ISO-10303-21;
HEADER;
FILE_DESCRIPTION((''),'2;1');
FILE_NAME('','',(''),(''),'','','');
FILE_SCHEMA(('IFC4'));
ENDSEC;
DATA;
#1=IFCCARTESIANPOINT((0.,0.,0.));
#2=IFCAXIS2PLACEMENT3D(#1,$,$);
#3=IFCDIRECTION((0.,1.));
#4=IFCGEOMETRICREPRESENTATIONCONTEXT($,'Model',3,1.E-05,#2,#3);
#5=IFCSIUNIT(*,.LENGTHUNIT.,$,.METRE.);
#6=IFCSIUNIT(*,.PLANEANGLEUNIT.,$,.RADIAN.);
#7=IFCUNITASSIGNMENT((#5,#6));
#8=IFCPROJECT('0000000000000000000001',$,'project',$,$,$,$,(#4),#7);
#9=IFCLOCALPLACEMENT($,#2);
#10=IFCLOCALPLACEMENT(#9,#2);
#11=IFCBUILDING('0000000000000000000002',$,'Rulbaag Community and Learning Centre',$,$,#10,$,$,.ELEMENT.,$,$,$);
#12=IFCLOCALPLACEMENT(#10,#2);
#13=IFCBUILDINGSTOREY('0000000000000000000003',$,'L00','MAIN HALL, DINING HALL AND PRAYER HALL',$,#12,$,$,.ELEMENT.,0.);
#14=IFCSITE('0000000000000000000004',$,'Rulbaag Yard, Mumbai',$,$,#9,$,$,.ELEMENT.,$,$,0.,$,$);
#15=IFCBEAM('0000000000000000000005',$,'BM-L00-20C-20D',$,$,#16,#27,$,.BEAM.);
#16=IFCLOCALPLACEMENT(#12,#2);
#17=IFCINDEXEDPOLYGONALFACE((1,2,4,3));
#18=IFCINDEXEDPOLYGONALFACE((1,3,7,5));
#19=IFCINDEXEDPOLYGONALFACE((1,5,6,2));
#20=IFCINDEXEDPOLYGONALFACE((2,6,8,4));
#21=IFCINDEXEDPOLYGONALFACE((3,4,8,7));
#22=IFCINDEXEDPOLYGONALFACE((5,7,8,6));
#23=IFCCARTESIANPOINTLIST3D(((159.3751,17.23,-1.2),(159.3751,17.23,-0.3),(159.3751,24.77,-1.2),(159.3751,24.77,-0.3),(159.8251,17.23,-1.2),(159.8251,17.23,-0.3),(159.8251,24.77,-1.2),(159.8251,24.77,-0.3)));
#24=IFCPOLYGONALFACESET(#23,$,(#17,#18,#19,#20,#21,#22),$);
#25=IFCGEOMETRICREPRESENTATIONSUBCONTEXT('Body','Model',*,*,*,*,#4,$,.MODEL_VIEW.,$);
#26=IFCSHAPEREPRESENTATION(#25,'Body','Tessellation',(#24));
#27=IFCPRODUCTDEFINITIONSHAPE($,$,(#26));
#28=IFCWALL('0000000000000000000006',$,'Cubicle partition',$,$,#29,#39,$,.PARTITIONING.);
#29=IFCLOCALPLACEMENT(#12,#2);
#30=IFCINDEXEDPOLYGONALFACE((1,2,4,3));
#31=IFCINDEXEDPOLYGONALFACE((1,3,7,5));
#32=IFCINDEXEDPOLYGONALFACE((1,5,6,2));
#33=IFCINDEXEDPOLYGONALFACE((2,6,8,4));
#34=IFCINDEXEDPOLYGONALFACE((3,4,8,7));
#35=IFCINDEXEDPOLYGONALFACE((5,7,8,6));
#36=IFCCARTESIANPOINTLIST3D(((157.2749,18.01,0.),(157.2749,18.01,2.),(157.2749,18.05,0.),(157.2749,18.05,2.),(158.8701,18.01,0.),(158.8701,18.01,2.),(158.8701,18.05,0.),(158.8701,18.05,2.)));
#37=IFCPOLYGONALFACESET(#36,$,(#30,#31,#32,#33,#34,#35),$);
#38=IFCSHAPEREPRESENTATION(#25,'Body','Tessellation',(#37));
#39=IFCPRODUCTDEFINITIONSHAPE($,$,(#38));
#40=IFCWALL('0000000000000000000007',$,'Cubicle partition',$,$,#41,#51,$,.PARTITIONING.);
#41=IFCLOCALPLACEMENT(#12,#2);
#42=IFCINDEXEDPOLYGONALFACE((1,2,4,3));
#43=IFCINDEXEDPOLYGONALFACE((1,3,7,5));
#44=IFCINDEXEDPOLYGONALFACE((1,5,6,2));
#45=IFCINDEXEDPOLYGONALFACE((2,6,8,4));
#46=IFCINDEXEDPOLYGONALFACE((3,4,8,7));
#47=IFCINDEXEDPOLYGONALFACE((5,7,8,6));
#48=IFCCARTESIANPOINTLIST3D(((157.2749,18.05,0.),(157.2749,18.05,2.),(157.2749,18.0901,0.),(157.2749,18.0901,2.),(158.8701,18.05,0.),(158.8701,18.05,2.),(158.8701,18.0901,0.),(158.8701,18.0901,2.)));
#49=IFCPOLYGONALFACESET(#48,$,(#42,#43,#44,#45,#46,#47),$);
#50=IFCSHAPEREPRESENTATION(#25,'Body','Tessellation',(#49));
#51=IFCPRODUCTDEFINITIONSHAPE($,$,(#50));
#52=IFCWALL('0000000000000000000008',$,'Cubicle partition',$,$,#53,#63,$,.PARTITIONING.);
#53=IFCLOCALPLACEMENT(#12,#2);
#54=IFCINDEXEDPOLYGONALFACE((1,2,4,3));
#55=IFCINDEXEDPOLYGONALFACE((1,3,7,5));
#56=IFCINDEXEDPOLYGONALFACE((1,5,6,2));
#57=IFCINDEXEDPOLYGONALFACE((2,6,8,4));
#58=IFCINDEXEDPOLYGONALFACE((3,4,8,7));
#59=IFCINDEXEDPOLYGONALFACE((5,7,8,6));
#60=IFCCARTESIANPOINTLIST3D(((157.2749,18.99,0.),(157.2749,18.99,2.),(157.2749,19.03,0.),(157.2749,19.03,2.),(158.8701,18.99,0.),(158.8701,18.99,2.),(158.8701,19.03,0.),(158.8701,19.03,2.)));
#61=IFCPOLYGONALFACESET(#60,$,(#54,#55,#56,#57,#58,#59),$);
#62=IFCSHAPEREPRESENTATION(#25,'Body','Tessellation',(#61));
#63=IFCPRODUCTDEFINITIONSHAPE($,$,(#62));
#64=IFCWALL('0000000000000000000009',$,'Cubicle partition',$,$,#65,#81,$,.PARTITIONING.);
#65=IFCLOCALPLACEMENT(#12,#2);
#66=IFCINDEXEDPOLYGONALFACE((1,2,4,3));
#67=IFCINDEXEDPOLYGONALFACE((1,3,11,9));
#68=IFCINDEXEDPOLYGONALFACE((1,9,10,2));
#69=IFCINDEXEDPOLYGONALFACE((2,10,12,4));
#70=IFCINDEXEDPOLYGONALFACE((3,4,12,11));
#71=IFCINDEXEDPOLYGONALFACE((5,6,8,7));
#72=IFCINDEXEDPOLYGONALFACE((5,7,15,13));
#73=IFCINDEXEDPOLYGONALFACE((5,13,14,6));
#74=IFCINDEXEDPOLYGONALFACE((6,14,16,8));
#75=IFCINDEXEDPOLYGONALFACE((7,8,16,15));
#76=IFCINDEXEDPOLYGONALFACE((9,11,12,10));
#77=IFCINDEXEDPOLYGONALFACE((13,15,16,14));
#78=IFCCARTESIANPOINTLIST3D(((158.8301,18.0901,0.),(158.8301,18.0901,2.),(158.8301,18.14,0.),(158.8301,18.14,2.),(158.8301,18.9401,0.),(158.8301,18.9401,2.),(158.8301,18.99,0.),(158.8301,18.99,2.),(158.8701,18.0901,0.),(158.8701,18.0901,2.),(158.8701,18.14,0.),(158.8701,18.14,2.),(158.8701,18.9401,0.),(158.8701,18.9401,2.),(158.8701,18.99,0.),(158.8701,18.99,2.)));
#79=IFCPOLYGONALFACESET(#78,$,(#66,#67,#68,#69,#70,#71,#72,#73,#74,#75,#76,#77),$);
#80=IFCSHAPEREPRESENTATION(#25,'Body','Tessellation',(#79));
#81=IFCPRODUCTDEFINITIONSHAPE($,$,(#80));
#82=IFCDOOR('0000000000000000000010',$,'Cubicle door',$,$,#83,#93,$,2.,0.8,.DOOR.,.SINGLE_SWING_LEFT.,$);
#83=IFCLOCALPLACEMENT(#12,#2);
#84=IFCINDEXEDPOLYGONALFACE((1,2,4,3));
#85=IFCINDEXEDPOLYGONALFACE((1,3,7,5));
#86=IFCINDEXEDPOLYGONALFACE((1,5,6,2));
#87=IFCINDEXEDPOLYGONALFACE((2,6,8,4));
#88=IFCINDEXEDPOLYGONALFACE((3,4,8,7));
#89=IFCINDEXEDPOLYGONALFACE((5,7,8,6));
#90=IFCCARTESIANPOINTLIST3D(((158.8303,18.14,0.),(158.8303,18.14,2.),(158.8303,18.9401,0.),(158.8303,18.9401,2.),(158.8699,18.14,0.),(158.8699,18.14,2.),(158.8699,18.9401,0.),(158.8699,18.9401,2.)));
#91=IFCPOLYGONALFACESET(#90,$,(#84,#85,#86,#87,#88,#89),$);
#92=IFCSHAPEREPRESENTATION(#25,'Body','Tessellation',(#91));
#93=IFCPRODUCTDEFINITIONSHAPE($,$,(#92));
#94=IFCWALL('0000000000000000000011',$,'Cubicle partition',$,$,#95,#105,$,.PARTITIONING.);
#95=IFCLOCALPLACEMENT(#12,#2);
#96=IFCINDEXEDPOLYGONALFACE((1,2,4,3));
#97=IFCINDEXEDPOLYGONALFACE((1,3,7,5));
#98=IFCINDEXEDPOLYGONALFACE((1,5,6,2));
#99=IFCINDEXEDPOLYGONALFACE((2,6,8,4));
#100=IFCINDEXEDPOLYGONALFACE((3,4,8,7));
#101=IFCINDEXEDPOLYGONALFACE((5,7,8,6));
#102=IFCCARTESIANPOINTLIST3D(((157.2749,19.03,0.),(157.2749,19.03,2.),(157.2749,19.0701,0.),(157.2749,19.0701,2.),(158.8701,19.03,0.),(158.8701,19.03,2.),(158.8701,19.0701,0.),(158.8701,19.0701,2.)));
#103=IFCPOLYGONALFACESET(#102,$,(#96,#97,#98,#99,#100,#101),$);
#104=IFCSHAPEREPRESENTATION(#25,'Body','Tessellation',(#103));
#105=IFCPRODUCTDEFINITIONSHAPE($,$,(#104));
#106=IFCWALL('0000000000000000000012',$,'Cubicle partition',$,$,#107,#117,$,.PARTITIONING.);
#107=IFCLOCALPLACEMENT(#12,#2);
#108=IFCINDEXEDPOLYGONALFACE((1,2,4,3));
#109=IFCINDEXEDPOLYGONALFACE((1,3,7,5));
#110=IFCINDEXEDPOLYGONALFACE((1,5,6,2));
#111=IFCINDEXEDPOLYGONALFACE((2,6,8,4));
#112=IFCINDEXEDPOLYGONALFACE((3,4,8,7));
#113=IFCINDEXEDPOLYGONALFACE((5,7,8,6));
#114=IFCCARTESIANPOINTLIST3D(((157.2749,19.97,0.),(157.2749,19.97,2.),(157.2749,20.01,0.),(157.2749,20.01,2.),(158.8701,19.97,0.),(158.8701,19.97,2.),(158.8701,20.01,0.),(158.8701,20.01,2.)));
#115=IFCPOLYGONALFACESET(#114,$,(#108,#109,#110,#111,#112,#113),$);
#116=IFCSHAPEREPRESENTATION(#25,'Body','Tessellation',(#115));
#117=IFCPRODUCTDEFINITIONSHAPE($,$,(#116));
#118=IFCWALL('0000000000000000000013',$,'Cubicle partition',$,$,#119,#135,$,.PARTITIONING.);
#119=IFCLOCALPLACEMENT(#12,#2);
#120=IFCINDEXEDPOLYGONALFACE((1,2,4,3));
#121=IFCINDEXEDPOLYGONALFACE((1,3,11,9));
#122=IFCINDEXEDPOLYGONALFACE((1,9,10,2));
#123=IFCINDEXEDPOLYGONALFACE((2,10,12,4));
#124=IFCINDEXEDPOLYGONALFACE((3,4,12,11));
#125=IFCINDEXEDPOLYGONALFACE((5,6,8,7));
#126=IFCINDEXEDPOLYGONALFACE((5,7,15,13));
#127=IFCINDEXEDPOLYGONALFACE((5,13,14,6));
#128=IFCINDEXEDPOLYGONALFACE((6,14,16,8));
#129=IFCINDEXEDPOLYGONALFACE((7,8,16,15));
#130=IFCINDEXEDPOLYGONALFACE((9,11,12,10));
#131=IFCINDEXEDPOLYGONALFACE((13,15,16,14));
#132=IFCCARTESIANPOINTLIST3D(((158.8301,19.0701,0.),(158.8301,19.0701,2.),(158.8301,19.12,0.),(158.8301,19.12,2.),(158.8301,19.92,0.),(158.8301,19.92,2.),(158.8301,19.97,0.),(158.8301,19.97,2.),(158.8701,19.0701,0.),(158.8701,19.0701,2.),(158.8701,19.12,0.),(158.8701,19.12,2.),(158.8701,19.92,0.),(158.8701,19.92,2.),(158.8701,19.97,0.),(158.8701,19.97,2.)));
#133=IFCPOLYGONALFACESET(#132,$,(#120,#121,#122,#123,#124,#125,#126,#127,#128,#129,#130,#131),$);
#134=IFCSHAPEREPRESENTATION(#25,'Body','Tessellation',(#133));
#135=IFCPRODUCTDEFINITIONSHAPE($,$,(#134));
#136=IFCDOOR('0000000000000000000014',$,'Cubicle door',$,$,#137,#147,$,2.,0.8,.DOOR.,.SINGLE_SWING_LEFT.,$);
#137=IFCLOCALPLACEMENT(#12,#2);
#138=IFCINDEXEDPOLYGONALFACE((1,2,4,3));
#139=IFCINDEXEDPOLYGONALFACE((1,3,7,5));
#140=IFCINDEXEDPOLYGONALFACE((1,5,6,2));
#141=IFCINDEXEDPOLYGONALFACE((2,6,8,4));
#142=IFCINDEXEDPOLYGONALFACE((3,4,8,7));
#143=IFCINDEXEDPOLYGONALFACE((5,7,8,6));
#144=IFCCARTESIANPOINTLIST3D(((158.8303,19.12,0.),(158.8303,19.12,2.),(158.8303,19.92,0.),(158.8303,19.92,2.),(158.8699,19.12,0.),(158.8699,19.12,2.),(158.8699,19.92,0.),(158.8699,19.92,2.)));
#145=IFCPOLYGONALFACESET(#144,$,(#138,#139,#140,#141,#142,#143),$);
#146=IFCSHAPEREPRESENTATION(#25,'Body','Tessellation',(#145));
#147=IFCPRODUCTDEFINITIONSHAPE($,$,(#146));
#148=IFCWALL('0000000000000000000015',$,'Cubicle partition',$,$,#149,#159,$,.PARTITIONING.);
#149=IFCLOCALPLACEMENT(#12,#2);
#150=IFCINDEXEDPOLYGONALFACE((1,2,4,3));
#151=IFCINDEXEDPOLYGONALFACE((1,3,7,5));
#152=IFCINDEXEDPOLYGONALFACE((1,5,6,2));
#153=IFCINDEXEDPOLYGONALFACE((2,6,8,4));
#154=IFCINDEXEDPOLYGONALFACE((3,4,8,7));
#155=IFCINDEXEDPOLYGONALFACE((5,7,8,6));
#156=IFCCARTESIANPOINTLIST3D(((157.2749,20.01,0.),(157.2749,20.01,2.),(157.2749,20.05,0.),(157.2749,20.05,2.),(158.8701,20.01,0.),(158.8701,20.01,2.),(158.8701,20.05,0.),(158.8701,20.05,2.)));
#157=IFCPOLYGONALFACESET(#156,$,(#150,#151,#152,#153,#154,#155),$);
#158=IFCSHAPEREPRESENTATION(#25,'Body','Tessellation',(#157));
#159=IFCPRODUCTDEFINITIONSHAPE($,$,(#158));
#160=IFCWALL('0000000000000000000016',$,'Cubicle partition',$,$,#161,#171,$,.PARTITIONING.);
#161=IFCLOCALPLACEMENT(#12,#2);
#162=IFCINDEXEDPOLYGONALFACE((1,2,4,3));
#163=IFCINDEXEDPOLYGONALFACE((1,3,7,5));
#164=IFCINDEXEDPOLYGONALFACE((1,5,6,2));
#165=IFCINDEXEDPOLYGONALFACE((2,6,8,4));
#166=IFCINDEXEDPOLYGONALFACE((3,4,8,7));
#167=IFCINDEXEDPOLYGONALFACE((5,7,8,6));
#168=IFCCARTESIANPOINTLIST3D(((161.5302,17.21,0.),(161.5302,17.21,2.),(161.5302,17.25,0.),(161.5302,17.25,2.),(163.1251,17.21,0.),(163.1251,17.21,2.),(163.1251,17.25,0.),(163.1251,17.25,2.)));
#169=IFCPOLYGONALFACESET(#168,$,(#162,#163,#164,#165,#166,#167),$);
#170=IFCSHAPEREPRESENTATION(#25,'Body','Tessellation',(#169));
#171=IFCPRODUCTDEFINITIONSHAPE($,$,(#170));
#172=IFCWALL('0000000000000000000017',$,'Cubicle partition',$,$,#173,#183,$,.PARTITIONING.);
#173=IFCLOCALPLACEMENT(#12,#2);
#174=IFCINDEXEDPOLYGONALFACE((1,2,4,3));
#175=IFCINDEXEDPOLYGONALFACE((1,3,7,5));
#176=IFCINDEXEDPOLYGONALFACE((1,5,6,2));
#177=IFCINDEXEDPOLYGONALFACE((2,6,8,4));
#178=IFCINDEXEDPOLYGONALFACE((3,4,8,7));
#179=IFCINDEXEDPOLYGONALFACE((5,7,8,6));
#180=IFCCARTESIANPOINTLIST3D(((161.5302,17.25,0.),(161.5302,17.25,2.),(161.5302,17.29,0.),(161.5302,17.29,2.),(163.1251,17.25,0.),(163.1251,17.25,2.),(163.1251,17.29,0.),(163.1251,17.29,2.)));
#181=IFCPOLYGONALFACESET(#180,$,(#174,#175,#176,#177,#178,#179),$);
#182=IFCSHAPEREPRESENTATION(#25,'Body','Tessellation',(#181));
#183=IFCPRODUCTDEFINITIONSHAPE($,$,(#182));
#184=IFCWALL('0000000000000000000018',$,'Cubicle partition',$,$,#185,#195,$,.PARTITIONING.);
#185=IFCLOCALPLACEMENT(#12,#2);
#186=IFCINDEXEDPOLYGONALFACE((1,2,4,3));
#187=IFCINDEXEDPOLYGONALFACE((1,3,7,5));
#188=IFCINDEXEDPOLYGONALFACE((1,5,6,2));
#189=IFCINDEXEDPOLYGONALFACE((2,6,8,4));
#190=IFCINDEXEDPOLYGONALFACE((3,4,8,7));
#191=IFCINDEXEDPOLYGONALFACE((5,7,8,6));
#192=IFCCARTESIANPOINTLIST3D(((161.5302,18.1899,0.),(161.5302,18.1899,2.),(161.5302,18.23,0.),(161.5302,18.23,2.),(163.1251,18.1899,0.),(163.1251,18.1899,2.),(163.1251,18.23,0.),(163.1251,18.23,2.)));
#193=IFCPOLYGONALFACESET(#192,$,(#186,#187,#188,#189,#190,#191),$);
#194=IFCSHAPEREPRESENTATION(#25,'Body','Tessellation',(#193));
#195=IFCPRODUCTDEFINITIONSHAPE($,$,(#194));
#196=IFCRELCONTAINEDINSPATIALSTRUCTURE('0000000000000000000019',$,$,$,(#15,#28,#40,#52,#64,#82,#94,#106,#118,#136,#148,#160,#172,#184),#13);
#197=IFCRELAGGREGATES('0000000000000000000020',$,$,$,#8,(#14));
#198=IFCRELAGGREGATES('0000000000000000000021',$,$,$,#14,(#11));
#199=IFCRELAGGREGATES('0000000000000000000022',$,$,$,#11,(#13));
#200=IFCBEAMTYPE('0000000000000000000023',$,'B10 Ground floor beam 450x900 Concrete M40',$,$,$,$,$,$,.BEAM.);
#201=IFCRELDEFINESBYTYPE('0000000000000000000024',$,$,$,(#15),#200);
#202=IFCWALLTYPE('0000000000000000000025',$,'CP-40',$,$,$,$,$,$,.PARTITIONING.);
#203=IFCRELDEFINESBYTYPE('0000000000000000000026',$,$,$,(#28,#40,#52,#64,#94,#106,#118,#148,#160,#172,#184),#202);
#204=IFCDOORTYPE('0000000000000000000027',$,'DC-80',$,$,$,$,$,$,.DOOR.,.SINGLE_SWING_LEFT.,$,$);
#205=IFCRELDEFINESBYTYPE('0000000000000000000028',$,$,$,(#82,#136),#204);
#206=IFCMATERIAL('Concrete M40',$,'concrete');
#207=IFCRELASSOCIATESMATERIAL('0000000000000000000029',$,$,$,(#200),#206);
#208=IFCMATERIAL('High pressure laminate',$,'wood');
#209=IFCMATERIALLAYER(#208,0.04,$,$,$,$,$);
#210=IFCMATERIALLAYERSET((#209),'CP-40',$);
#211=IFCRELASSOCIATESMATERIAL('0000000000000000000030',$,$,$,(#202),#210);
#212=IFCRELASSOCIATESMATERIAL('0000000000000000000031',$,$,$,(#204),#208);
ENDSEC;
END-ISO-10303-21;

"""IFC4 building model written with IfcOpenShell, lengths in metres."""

from ifc_helpers import new_model, si_unit, direction, frame, frame_2d, origin, origin_2d, place, context, subcontext, project, spatial, rectangle, extrude, material, layer, layer_set, material_profile, profile_set, type_object, element, fill, save


model = new_model("IFC4")

# Units and contexts
model_context = context("Model", 3, precision=1e-05, world=origin(), true_north=direction((0.0, 1.0)))
body_context = subcontext(model_context, "Body", "Model", "MODEL_VIEW")
ifc_project = project(units=[si_unit("LENGTHUNIT", "METRE"), si_unit("PLANEANGLEUNIT", "RADIAN")], contexts=[model_context])

# Site, building, storey
site_placement = place(None, origin())
site = spatial("IfcSite", under=ifc_project, at=site_placement, Name="Rulbaag Yard, Mumbai", CompositionType="ELEMENT", RefElevation=0.0)
building_placement = place(site_placement, origin())
building = spatial("IfcBuilding", under=site, at=building_placement, Name="Rulbaag Community and Learning Centre", CompositionType="ELEMENT")
storey_placement = place(building_placement, origin())
storey = spatial("IfcBuildingStorey", under=building, at=storey_placement, Name="L00", Description="MAIN HALL, DINING HALL AND PRAYER HALL", CompositionType="ELEMENT", Elevation=0.0)

# Beam
ifc_material_1 = material(Name="Concrete M40", Category="concrete")
ifc_material_profile = material_profile(ifc_material_1, rectangle(XDim=0.45, YDim=0.8999, at=origin_2d()), Name="RB450x900")
ifc_profile_set = profile_set([ifc_material_profile], Name="Concrete M40")
beam_type = type_object("IfcBeamType", Name="B10 Ground floor beam 450x900 Concrete M40", PredefinedType="BEAM", material=ifc_profile_set)
beam_placement = place(storey_placement, frame((159.6001, 17.23, -0.75), z_axis=(0.0, 1.0, 0.0), x_axis=(-1.0, 0.0, 0.0)))
element("IfcBeam", 1, at=beam_placement, inside=storey, type_object=beam_type, Name="BM-L00-20C-20D", PredefinedType="BEAM", context=body_context, shape_type="SweptSolid", body=[
    extrude(rectangle(XDim=0.45, YDim=0.8999, at=origin_2d()), origin(), (0.0, 0.0, 1.0), 7.54),
])

# Walls
ifc_material_2 = material(Name="High pressure laminate", Category="wood")
ifc_layer_1 = layer(ifc_material_2, 0.04)
ifc_layer_set_1 = layer_set([ifc_layer_1], Name="CP-40")
wall_type_1 = type_object("IfcWallType", Name="CP-40", PredefinedType="PARTITIONING", material=ifc_layer_set_1)
for number, where, z_axis, x_axis, name in (
    (2, (157.2749, 18.03, 0.0), (0.0, 0.0, 1.0), (1.0, 0.0, 0.0), "Cubicle partition"),
    (3, (157.2749, 18.0701, 0.0), (0.0, 0.0, 1.0), (1.0, 0.0, 0.0), "Cubicle partition"),
    (4, (157.2749, 19.01, 0.0), (0.0, 0.0, 1.0), (1.0, 0.0, 0.0), "Cubicle partition"),
):
    element("IfcWall", number, at=place(storey_placement, frame(where, z_axis=z_axis, x_axis=x_axis)), inside=storey, type_object=wall_type_1, Name=name, PredefinedType="PARTITIONING", context=body_context, shape_type="SweptSolid", body=[
        extrude(rectangle(XDim=1.5952, YDim=0.04, at=frame_2d((0.7976, 0.0))), origin(), (0.0, 0.0, 1.0), 2.0),
    ])

# Wall, opening, door
wall_1_placement = place(storey_placement, frame((158.8501, 18.0901, 0.0), z_axis=(0.0, 0.0, 1.0), x_axis=(0.0, 1.0, 0.0)))
wall_1 = element("IfcWall", 5, at=wall_1_placement, inside=storey, type_object=wall_type_1, Name="Cubicle partition", PredefinedType="PARTITIONING", context=body_context, shape_type="SweptSolid", body=[
    extrude(rectangle(XDim=0.8999, YDim=0.04, at=frame_2d((0.45, 0.0))), origin(), (0.0, 0.0, 1.0), 2.0),
])
opening_1_placement = place(wall_1_placement, frame((0.05, 0.0, 0.0)))
opening_1 = element("IfcOpeningElement", 6, at=opening_1_placement, cuts=wall_1, PredefinedType="OPENING", context=body_context, shape_type="SweptSolid", body=[
    extrude(rectangle(XDim=0.8, YDim=2.0, at=frame_2d((0.3999, 1.0))), frame((0.0, 0.03, 0.0), z_axis=(0.0, -1.0, 0.0), x_axis=(1.0, 0.0, 0.0)), (0.0, 0.0, 1.0), 0.0601),
])
door_type = type_object("IfcDoorType", Name="DC-80", OperationType="SINGLE_SWING_LEFT", PredefinedType="DOOR", material=ifc_material_2)
door_1_placement = place(opening_1_placement, origin())
door_1 = element("IfcDoor", 7, at=door_1_placement, inside=storey, type_object=door_type, Name="Cubicle door", OperationType="SINGLE_SWING_LEFT", OverallHeight=2.0, OverallWidth=0.8, PredefinedType="DOOR", context=body_context, shape_type="SweptSolid", body=[
    extrude(rectangle(XDim=0.8, YDim=2.0, at=frame_2d((0.3999, 1.0))), frame((0.0, 0.0198, 0.0), z_axis=(0.0, -1.0, 0.0), x_axis=(1.0, 0.0, 0.0)), (0.0, 0.0, 1.0), 0.0396),
])
fill(opening_1, door_1)

# Walls
for number, where, z_axis, x_axis, name in (
    (8, (157.2749, 19.05, 0.0), (0.0, 0.0, 1.0), (1.0, 0.0, 0.0), "Cubicle partition"),
    (9, (157.2749, 19.99, 0.0), (0.0, 0.0, 1.0), (1.0, 0.0, 0.0), "Cubicle partition"),
):
    element("IfcWall", number, at=place(storey_placement, frame(where, z_axis=z_axis, x_axis=x_axis)), inside=storey, type_object=wall_type_1, Name=name, PredefinedType="PARTITIONING", context=body_context, shape_type="SweptSolid", body=[
        extrude(rectangle(XDim=1.5952, YDim=0.04, at=frame_2d((0.7976, 0.0))), origin(), (0.0, 0.0, 1.0), 2.0),
    ])

# Wall, opening, door
wall_2_placement = place(storey_placement, frame((158.8501, 19.0701, 0.0), z_axis=(0.0, 0.0, 1.0), x_axis=(0.0, 1.0, 0.0)))
wall_2 = element("IfcWall", 10, at=wall_2_placement, inside=storey, type_object=wall_type_1, Name="Cubicle partition", PredefinedType="PARTITIONING", context=body_context, shape_type="SweptSolid", body=[
    extrude(rectangle(XDim=0.8999, YDim=0.04, at=frame_2d((0.45, 0.0))), origin(), (0.0, 0.0, 1.0), 2.0),
])
opening_2_placement = place(wall_2_placement, frame((0.05, 0.0, 0.0)))
opening_2 = element("IfcOpeningElement", 11, at=opening_2_placement, cuts=wall_2, PredefinedType="OPENING", context=body_context, shape_type="SweptSolid", body=[
    extrude(rectangle(XDim=0.8, YDim=2.0, at=frame_2d((0.3999, 1.0))), frame((0.0, 0.03, 0.0), z_axis=(0.0, -1.0, 0.0), x_axis=(1.0, 0.0, 0.0)), (0.0, 0.0, 1.0), 0.0601),
])
door_2_placement = place(opening_2_placement, origin())
door_2 = element("IfcDoor", 12, at=door_2_placement, inside=storey, type_object=door_type, Name="Cubicle door", OperationType="SINGLE_SWING_LEFT", OverallHeight=2.0, OverallWidth=0.8, PredefinedType="DOOR", context=body_context, shape_type="SweptSolid", body=[
    extrude(rectangle(XDim=0.8, YDim=2.0, at=frame_2d((0.3999, 1.0))), frame((0.0, 0.0198, 0.0), z_axis=(0.0, -1.0, 0.0), x_axis=(1.0, 0.0, 0.0)), (0.0, 0.0, 1.0), 0.0396),
])
fill(opening_2, door_2)

# Walls
wall_3_placement = place(storey_placement, frame((157.2749, 20.03, 0.0), z_axis=(0.0, 0.0, 1.0), x_axis=(1.0, 0.0, 0.0)))
element("IfcWall", 13, at=wall_3_placement, inside=storey, type_object=wall_type_1, Name="Cubicle partition", PredefinedType="PARTITIONING", context=body_context, shape_type="SweptSolid", body=[
    extrude(rectangle(XDim=1.5952, YDim=0.04, at=frame_2d((0.7976, 0.0))), origin(), (0.0, 0.0, 1.0), 2.0),
])
for number, where, z_axis, x_axis, name in (
    (14, (163.125, 17.23, 0.0), (0.0, 0.0, 1.0), (-1.0, 0.0, 0.0), "Cubicle partition"),
    (15, (163.125, 17.27, 0.0), (0.0, 0.0, 1.0), (-1.0, 0.0, 0.0), "Cubicle partition"),
    (16, (163.125, 18.21, 0.0), (0.0, 0.0, 1.0), (-1.0, 0.0, 0.0), "Cubicle partition"),
):
    element("IfcWall", number, at=place(storey_placement, frame(where, z_axis=z_axis, x_axis=x_axis)), inside=storey, type_object=wall_type_1, Name=name, PredefinedType="PARTITIONING", context=body_context, shape_type="SweptSolid", body=[
        extrude(rectangle(XDim=1.595, YDim=0.04, at=frame_2d((0.7974, 0.0))), origin(), (0.0, 0.0, 1.0), 2.0),
    ])

save(model, "model.ifc")
